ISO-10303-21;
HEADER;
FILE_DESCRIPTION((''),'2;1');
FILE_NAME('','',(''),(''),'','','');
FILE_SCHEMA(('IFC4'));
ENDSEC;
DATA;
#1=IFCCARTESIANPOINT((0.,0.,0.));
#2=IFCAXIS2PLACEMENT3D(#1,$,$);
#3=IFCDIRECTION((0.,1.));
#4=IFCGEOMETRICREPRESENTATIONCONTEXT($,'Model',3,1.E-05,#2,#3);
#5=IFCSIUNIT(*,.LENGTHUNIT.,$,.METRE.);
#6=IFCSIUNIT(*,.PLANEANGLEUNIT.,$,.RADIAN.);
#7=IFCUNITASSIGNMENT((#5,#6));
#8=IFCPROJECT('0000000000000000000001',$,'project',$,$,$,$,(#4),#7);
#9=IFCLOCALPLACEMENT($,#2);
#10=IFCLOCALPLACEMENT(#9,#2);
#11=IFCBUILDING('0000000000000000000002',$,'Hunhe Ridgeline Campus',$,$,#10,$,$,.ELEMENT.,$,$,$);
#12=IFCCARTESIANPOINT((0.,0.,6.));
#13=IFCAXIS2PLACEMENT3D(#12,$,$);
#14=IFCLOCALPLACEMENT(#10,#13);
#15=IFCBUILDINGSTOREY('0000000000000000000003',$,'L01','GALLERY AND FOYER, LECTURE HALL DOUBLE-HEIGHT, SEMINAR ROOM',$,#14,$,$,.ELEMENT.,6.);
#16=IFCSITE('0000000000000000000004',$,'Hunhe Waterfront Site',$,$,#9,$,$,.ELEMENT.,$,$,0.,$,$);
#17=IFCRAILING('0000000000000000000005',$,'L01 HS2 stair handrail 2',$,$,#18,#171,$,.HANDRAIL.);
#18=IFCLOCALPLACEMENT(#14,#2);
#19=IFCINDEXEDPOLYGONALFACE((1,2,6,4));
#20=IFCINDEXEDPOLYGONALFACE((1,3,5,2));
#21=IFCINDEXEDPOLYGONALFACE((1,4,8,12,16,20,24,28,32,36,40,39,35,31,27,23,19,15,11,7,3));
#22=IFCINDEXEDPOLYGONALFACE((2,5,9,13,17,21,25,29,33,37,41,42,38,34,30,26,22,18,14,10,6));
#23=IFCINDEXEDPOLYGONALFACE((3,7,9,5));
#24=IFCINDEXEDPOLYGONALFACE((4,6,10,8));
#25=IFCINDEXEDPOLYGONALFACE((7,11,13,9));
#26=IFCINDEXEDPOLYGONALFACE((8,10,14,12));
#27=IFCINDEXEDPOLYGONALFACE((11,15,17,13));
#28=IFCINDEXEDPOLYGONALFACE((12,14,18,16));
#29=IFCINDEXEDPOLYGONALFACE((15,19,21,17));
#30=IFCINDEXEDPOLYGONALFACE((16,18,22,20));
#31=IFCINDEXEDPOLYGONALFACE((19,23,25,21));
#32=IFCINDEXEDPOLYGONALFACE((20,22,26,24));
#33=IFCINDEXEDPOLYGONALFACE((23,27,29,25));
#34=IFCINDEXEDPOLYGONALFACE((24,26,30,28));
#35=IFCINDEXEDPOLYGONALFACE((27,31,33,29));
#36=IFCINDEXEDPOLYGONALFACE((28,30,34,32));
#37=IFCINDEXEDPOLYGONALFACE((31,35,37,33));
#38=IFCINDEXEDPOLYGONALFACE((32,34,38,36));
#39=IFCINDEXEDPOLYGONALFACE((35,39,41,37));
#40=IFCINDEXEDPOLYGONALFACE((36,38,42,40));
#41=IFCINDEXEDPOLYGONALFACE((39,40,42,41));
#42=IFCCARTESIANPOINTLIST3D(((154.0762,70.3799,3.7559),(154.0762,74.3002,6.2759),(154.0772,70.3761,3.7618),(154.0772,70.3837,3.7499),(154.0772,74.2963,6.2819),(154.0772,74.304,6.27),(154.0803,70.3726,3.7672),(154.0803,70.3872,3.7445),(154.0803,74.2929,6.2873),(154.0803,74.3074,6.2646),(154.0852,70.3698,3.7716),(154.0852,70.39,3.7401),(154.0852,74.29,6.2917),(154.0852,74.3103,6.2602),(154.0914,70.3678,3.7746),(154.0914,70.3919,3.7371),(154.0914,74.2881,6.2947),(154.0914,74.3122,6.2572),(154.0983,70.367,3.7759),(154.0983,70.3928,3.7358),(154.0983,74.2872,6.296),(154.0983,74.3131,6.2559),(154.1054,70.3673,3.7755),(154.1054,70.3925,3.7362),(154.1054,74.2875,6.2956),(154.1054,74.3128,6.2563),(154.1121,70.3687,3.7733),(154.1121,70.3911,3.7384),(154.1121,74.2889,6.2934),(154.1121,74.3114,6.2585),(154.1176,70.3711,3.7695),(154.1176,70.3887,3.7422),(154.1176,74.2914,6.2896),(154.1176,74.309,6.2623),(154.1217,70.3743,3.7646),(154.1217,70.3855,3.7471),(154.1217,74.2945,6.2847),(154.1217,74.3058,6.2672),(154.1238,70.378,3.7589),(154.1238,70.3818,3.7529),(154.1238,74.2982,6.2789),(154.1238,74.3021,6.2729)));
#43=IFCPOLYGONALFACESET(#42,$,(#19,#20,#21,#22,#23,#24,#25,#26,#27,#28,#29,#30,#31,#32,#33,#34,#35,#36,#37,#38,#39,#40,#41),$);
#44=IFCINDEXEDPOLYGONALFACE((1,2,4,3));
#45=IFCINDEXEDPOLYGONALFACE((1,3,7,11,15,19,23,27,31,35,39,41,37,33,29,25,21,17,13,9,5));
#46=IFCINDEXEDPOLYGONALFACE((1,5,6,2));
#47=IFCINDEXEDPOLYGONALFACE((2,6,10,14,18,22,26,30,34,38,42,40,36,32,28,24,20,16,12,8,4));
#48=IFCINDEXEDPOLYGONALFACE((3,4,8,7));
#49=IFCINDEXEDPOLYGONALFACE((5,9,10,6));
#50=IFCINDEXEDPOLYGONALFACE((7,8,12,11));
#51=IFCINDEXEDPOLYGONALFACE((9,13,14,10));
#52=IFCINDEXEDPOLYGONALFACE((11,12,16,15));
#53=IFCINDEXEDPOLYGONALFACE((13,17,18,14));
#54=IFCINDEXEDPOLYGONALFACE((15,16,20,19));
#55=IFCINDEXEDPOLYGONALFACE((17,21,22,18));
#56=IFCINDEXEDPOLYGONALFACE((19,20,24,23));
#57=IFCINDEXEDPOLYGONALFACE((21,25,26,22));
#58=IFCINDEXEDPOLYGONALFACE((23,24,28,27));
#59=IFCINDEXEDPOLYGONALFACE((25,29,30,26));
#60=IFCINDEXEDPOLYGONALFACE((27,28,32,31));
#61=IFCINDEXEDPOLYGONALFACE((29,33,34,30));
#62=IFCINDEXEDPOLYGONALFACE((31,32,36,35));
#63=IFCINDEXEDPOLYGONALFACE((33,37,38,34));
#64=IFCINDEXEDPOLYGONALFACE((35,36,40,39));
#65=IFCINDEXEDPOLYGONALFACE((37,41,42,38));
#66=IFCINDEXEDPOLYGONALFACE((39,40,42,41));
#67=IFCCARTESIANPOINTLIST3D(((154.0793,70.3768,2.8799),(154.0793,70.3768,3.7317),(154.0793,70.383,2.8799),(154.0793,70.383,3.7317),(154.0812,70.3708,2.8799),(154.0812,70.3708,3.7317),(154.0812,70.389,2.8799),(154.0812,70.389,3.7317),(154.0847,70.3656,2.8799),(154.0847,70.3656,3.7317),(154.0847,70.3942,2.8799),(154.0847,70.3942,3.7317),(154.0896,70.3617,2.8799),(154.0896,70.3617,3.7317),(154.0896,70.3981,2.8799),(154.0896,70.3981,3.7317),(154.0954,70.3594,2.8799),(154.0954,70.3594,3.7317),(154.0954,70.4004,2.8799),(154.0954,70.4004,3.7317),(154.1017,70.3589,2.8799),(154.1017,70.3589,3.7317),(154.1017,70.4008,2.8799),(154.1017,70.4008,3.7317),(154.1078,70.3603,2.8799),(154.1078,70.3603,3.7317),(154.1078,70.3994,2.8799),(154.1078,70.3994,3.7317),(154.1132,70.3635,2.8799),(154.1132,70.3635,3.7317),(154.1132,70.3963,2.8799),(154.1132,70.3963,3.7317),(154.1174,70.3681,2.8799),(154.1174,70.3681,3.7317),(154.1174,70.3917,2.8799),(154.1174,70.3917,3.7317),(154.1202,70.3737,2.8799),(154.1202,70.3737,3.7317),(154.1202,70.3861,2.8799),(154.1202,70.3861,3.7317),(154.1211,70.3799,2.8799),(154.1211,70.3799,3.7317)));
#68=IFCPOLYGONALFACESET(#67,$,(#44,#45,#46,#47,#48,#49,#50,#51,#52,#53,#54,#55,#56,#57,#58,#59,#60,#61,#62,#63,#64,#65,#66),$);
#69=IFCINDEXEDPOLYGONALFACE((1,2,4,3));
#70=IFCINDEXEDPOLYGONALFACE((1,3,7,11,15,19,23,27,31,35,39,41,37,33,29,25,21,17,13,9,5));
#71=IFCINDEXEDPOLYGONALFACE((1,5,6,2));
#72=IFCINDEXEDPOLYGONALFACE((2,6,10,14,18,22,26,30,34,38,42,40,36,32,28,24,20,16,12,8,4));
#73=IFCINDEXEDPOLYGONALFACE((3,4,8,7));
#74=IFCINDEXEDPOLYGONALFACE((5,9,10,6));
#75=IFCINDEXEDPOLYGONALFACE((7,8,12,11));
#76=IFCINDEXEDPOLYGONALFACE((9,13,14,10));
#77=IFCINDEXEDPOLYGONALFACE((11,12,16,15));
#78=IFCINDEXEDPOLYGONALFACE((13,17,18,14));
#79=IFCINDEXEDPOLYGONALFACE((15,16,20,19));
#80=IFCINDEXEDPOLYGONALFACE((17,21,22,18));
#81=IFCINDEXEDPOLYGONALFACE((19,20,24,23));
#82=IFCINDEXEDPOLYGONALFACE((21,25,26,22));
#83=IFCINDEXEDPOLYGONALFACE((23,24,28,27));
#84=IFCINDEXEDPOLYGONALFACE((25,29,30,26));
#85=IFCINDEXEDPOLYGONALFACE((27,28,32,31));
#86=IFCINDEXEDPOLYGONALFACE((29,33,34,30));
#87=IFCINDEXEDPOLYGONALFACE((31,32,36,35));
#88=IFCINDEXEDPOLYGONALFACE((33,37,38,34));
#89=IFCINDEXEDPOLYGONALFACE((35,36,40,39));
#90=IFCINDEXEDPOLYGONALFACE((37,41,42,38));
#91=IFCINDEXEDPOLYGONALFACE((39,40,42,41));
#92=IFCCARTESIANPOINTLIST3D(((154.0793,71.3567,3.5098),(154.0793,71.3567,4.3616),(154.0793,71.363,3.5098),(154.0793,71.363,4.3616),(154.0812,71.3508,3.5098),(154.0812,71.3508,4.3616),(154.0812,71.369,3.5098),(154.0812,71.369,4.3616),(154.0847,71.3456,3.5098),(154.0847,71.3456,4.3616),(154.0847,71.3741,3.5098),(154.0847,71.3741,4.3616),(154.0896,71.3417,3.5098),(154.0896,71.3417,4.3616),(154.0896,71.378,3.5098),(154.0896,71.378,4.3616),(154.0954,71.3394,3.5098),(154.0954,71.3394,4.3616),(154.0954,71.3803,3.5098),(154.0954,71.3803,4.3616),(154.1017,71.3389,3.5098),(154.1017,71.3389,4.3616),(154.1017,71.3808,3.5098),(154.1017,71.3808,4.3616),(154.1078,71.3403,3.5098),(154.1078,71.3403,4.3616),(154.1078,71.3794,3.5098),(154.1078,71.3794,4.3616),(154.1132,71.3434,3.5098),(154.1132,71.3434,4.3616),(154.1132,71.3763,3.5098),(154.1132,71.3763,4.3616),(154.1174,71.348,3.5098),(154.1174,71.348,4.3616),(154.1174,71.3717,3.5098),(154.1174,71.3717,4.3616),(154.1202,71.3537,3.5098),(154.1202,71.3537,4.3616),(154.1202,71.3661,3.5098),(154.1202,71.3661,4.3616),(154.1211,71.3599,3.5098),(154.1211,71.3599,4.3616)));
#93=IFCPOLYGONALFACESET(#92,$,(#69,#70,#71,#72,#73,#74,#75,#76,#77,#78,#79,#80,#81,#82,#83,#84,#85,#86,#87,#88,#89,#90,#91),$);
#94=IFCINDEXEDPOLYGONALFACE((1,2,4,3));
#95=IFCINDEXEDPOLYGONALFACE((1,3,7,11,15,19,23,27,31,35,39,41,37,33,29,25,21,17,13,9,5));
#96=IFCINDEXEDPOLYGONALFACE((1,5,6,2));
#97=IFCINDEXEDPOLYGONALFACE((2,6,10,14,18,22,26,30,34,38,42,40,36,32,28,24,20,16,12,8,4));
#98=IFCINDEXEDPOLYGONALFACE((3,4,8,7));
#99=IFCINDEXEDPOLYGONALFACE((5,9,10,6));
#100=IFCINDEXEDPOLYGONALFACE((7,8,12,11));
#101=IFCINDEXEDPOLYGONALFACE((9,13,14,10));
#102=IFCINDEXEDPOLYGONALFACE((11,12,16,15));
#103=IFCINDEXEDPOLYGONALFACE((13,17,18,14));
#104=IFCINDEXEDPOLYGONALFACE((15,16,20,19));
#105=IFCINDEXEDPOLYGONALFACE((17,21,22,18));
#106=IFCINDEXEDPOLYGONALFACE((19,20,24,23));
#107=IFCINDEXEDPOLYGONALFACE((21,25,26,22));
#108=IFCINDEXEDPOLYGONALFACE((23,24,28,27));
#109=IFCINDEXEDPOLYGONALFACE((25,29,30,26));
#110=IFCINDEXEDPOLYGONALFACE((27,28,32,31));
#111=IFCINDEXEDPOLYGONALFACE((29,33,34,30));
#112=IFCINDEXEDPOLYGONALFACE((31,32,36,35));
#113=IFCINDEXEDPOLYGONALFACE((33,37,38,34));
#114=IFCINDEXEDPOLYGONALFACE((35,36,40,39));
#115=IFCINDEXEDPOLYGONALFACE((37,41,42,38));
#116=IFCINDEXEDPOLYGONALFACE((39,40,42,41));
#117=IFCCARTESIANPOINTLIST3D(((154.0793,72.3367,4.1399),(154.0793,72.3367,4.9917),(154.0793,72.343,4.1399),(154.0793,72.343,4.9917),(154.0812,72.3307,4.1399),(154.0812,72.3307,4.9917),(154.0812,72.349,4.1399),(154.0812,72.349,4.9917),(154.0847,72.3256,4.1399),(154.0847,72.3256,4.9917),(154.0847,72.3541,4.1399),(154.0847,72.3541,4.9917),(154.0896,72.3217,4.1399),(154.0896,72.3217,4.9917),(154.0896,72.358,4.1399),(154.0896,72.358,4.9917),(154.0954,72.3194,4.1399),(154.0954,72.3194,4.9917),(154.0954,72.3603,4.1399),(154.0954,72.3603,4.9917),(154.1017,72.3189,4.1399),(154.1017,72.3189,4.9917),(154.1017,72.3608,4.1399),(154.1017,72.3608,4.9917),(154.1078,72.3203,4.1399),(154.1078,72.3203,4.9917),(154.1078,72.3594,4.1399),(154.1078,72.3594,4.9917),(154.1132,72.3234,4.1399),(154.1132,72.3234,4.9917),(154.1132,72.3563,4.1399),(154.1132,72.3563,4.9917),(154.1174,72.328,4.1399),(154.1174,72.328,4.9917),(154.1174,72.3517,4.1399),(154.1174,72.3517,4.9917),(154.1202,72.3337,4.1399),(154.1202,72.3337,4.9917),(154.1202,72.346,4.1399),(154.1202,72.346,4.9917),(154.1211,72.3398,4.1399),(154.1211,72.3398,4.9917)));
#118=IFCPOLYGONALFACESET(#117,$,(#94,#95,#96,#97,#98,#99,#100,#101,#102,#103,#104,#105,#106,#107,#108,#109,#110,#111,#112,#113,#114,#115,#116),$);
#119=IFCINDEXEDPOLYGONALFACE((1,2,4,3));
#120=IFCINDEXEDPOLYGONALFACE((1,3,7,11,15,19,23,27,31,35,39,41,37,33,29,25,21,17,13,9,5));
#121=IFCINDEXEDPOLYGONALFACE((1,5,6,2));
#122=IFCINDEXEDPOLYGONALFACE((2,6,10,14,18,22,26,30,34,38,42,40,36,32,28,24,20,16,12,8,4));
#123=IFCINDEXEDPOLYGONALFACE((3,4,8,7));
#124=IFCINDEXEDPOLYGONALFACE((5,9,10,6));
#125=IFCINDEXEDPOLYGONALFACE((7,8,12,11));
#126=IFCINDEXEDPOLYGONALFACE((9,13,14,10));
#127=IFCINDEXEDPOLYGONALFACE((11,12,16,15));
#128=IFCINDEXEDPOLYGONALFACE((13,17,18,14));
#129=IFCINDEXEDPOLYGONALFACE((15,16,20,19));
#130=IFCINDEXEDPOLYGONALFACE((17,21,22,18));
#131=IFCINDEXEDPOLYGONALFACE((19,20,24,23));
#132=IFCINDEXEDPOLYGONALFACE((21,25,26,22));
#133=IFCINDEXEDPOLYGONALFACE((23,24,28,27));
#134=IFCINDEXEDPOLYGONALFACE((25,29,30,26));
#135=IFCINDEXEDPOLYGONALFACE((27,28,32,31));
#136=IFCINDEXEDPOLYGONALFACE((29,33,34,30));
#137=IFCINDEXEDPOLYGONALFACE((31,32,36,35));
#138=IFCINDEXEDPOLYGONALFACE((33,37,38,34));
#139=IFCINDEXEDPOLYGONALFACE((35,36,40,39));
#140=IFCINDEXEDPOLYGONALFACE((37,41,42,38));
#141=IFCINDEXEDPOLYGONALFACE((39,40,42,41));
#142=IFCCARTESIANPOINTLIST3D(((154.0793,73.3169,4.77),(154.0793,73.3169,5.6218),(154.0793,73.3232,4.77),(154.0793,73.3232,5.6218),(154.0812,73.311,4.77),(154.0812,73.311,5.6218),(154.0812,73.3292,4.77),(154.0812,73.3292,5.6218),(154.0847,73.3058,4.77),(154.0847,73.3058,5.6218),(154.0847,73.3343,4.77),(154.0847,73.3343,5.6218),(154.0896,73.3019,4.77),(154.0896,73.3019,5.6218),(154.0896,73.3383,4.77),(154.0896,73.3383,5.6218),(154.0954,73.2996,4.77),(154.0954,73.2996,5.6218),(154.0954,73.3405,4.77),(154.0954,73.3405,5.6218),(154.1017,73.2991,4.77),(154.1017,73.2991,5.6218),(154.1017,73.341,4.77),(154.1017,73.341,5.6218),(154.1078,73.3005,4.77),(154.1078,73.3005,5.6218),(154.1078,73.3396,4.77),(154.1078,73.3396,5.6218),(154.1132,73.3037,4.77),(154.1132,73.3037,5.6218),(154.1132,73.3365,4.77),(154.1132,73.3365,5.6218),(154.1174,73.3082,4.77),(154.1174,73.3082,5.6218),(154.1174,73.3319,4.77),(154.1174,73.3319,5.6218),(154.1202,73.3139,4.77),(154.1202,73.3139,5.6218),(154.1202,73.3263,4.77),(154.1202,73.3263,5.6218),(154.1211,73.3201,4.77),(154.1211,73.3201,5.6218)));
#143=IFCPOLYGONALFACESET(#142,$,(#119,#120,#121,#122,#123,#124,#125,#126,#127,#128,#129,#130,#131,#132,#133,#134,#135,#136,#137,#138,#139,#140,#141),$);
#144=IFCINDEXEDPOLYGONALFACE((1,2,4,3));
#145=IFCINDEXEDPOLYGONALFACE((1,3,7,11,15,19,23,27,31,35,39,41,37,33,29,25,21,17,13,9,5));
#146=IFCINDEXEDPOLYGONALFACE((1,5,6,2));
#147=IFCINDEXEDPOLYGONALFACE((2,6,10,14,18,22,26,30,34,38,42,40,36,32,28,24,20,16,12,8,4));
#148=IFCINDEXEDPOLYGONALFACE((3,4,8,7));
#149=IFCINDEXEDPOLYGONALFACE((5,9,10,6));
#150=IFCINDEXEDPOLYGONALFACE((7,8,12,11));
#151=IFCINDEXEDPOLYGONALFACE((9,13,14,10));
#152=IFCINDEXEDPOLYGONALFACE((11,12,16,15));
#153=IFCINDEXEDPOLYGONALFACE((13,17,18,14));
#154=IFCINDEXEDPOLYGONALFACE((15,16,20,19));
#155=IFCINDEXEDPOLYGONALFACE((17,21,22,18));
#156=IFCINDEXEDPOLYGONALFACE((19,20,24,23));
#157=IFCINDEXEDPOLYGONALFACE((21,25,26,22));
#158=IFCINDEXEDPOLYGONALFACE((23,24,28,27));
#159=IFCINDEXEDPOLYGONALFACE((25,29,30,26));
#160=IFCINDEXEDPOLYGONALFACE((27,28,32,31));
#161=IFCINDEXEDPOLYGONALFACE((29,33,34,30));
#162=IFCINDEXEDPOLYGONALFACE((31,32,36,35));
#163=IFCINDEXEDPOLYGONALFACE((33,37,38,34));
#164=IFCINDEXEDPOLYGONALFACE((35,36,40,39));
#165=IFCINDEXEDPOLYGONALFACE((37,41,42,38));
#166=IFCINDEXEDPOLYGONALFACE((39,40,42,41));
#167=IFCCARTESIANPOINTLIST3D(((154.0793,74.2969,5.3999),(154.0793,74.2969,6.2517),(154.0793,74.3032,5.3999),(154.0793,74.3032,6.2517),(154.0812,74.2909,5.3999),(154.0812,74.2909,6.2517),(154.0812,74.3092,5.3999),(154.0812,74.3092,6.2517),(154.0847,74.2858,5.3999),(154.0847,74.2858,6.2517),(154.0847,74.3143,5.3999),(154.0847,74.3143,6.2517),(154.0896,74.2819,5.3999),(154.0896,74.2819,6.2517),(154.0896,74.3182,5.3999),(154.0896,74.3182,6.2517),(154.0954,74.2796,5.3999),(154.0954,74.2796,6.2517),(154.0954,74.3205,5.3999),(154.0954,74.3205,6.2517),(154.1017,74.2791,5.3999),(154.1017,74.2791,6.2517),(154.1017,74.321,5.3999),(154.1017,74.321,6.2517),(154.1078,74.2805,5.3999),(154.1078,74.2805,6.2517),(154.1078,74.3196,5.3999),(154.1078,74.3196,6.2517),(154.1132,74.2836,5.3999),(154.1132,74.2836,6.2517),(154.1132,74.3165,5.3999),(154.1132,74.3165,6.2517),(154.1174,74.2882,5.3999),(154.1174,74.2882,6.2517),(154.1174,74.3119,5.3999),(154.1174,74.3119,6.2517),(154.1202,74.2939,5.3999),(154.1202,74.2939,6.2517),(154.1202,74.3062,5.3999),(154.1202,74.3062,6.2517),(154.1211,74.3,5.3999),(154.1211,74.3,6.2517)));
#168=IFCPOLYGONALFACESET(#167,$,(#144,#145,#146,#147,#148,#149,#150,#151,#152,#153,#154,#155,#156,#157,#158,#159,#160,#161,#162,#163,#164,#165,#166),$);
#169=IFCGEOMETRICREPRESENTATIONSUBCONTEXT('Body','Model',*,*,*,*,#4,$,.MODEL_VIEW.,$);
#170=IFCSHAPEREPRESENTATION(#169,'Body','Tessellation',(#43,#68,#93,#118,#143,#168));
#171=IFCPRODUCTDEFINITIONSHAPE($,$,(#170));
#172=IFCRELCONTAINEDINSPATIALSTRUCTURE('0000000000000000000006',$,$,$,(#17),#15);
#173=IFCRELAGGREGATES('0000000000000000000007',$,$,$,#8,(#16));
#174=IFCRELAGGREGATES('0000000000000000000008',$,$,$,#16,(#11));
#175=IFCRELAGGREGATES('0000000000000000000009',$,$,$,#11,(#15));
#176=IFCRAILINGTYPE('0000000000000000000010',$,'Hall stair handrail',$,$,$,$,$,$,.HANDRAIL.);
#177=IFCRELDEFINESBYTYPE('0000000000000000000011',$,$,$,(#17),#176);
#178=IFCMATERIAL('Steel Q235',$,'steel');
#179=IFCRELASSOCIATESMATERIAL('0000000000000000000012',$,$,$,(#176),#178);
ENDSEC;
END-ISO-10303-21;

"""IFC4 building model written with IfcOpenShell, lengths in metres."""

from ifc_helpers import new_model, si_unit, direction, frame, origin, origin_2d, place, context, subcontext, project, spatial, circle, extrude, material, type_object, element, save


model = new_model("IFC4")

# Units and contexts
model_context = context("Model", 3, precision=1e-05, world=origin(), true_north=direction((0.0, 1.0)))
body_context = subcontext(model_context, "Body", "Model", "MODEL_VIEW")
ifc_project = project(units=[si_unit("LENGTHUNIT", "METRE"), si_unit("PLANEANGLEUNIT", "RADIAN")], contexts=[model_context])

# Site, building, storey
site_placement = place(None, origin())
site = spatial("IfcSite", under=ifc_project, at=site_placement, Name="Hunhe Waterfront Site", CompositionType="ELEMENT", RefElevation=0.0)
building_placement = place(site_placement, origin())
building = spatial("IfcBuilding", under=site, at=building_placement, Name="Hunhe Ridgeline Campus", CompositionType="ELEMENT")
storey_placement = place(building_placement, frame((0.0, 0.0, 6.0)))
storey = spatial("IfcBuildingStorey", under=building, at=storey_placement, Name="L01", Description="GALLERY AND FOYER, LECTURE HALL DOUBLE-HEIGHT, SEMINAR ROOM", CompositionType="ELEMENT", Elevation=6.0)

# Shared definitions
ifc_material_1 = material(Name="Steel Q235", Category="steel")

# Railing
railing_type_1 = type_object("IfcRailingType", Name="Hall stair handrail", PredefinedType="HANDRAIL", material=ifc_material_1)
railing_1_placement = place(storey_placement, frame((154.1001, 70.3799, 2.8799)))
element("IfcRailing", 1, at=railing_1_placement, inside=storey, type_object=railing_type_1, Name="L01 HS2 stair handrail 2", PredefinedType="HANDRAIL", context=body_context, shape_type="SweptSolid", body=[
    extrude(circle(Radius=0.0239, at=origin_2d()), frame((0.0, 0.0, 0.876), z_axis=(0.0, 0.841187, 0.540744), x_axis=(-1.0, 0.0, 0.0)), (0.0, 0.0, 1.0), 4.6604),
    extrude(circle(Radius=0.021, at=origin_2d()), origin(), (0.0, 0.0, 1.0), 0.8518),
    extrude(circle(Radius=0.021, at=origin_2d()), frame((0.0, 0.98, 0.6299)), (0.0, 0.0, 1.0), 0.8518),
    extrude(circle(Radius=0.021, at=origin_2d()), frame((0.0, 1.96, 1.26)), (0.0, 0.0, 1.0), 0.8518),
    extrude(circle(Radius=0.021, at=origin_2d()), frame((0.0, 2.9402, 1.8901)), (0.0, 0.0, 1.0), 0.8518),
    extrude(circle(Radius=0.021, at=origin_2d()), frame((0.0, 3.9202, 2.52)), (0.0, 0.0, 1.0), 0.8518),
])

save(model, "model.ifc")
